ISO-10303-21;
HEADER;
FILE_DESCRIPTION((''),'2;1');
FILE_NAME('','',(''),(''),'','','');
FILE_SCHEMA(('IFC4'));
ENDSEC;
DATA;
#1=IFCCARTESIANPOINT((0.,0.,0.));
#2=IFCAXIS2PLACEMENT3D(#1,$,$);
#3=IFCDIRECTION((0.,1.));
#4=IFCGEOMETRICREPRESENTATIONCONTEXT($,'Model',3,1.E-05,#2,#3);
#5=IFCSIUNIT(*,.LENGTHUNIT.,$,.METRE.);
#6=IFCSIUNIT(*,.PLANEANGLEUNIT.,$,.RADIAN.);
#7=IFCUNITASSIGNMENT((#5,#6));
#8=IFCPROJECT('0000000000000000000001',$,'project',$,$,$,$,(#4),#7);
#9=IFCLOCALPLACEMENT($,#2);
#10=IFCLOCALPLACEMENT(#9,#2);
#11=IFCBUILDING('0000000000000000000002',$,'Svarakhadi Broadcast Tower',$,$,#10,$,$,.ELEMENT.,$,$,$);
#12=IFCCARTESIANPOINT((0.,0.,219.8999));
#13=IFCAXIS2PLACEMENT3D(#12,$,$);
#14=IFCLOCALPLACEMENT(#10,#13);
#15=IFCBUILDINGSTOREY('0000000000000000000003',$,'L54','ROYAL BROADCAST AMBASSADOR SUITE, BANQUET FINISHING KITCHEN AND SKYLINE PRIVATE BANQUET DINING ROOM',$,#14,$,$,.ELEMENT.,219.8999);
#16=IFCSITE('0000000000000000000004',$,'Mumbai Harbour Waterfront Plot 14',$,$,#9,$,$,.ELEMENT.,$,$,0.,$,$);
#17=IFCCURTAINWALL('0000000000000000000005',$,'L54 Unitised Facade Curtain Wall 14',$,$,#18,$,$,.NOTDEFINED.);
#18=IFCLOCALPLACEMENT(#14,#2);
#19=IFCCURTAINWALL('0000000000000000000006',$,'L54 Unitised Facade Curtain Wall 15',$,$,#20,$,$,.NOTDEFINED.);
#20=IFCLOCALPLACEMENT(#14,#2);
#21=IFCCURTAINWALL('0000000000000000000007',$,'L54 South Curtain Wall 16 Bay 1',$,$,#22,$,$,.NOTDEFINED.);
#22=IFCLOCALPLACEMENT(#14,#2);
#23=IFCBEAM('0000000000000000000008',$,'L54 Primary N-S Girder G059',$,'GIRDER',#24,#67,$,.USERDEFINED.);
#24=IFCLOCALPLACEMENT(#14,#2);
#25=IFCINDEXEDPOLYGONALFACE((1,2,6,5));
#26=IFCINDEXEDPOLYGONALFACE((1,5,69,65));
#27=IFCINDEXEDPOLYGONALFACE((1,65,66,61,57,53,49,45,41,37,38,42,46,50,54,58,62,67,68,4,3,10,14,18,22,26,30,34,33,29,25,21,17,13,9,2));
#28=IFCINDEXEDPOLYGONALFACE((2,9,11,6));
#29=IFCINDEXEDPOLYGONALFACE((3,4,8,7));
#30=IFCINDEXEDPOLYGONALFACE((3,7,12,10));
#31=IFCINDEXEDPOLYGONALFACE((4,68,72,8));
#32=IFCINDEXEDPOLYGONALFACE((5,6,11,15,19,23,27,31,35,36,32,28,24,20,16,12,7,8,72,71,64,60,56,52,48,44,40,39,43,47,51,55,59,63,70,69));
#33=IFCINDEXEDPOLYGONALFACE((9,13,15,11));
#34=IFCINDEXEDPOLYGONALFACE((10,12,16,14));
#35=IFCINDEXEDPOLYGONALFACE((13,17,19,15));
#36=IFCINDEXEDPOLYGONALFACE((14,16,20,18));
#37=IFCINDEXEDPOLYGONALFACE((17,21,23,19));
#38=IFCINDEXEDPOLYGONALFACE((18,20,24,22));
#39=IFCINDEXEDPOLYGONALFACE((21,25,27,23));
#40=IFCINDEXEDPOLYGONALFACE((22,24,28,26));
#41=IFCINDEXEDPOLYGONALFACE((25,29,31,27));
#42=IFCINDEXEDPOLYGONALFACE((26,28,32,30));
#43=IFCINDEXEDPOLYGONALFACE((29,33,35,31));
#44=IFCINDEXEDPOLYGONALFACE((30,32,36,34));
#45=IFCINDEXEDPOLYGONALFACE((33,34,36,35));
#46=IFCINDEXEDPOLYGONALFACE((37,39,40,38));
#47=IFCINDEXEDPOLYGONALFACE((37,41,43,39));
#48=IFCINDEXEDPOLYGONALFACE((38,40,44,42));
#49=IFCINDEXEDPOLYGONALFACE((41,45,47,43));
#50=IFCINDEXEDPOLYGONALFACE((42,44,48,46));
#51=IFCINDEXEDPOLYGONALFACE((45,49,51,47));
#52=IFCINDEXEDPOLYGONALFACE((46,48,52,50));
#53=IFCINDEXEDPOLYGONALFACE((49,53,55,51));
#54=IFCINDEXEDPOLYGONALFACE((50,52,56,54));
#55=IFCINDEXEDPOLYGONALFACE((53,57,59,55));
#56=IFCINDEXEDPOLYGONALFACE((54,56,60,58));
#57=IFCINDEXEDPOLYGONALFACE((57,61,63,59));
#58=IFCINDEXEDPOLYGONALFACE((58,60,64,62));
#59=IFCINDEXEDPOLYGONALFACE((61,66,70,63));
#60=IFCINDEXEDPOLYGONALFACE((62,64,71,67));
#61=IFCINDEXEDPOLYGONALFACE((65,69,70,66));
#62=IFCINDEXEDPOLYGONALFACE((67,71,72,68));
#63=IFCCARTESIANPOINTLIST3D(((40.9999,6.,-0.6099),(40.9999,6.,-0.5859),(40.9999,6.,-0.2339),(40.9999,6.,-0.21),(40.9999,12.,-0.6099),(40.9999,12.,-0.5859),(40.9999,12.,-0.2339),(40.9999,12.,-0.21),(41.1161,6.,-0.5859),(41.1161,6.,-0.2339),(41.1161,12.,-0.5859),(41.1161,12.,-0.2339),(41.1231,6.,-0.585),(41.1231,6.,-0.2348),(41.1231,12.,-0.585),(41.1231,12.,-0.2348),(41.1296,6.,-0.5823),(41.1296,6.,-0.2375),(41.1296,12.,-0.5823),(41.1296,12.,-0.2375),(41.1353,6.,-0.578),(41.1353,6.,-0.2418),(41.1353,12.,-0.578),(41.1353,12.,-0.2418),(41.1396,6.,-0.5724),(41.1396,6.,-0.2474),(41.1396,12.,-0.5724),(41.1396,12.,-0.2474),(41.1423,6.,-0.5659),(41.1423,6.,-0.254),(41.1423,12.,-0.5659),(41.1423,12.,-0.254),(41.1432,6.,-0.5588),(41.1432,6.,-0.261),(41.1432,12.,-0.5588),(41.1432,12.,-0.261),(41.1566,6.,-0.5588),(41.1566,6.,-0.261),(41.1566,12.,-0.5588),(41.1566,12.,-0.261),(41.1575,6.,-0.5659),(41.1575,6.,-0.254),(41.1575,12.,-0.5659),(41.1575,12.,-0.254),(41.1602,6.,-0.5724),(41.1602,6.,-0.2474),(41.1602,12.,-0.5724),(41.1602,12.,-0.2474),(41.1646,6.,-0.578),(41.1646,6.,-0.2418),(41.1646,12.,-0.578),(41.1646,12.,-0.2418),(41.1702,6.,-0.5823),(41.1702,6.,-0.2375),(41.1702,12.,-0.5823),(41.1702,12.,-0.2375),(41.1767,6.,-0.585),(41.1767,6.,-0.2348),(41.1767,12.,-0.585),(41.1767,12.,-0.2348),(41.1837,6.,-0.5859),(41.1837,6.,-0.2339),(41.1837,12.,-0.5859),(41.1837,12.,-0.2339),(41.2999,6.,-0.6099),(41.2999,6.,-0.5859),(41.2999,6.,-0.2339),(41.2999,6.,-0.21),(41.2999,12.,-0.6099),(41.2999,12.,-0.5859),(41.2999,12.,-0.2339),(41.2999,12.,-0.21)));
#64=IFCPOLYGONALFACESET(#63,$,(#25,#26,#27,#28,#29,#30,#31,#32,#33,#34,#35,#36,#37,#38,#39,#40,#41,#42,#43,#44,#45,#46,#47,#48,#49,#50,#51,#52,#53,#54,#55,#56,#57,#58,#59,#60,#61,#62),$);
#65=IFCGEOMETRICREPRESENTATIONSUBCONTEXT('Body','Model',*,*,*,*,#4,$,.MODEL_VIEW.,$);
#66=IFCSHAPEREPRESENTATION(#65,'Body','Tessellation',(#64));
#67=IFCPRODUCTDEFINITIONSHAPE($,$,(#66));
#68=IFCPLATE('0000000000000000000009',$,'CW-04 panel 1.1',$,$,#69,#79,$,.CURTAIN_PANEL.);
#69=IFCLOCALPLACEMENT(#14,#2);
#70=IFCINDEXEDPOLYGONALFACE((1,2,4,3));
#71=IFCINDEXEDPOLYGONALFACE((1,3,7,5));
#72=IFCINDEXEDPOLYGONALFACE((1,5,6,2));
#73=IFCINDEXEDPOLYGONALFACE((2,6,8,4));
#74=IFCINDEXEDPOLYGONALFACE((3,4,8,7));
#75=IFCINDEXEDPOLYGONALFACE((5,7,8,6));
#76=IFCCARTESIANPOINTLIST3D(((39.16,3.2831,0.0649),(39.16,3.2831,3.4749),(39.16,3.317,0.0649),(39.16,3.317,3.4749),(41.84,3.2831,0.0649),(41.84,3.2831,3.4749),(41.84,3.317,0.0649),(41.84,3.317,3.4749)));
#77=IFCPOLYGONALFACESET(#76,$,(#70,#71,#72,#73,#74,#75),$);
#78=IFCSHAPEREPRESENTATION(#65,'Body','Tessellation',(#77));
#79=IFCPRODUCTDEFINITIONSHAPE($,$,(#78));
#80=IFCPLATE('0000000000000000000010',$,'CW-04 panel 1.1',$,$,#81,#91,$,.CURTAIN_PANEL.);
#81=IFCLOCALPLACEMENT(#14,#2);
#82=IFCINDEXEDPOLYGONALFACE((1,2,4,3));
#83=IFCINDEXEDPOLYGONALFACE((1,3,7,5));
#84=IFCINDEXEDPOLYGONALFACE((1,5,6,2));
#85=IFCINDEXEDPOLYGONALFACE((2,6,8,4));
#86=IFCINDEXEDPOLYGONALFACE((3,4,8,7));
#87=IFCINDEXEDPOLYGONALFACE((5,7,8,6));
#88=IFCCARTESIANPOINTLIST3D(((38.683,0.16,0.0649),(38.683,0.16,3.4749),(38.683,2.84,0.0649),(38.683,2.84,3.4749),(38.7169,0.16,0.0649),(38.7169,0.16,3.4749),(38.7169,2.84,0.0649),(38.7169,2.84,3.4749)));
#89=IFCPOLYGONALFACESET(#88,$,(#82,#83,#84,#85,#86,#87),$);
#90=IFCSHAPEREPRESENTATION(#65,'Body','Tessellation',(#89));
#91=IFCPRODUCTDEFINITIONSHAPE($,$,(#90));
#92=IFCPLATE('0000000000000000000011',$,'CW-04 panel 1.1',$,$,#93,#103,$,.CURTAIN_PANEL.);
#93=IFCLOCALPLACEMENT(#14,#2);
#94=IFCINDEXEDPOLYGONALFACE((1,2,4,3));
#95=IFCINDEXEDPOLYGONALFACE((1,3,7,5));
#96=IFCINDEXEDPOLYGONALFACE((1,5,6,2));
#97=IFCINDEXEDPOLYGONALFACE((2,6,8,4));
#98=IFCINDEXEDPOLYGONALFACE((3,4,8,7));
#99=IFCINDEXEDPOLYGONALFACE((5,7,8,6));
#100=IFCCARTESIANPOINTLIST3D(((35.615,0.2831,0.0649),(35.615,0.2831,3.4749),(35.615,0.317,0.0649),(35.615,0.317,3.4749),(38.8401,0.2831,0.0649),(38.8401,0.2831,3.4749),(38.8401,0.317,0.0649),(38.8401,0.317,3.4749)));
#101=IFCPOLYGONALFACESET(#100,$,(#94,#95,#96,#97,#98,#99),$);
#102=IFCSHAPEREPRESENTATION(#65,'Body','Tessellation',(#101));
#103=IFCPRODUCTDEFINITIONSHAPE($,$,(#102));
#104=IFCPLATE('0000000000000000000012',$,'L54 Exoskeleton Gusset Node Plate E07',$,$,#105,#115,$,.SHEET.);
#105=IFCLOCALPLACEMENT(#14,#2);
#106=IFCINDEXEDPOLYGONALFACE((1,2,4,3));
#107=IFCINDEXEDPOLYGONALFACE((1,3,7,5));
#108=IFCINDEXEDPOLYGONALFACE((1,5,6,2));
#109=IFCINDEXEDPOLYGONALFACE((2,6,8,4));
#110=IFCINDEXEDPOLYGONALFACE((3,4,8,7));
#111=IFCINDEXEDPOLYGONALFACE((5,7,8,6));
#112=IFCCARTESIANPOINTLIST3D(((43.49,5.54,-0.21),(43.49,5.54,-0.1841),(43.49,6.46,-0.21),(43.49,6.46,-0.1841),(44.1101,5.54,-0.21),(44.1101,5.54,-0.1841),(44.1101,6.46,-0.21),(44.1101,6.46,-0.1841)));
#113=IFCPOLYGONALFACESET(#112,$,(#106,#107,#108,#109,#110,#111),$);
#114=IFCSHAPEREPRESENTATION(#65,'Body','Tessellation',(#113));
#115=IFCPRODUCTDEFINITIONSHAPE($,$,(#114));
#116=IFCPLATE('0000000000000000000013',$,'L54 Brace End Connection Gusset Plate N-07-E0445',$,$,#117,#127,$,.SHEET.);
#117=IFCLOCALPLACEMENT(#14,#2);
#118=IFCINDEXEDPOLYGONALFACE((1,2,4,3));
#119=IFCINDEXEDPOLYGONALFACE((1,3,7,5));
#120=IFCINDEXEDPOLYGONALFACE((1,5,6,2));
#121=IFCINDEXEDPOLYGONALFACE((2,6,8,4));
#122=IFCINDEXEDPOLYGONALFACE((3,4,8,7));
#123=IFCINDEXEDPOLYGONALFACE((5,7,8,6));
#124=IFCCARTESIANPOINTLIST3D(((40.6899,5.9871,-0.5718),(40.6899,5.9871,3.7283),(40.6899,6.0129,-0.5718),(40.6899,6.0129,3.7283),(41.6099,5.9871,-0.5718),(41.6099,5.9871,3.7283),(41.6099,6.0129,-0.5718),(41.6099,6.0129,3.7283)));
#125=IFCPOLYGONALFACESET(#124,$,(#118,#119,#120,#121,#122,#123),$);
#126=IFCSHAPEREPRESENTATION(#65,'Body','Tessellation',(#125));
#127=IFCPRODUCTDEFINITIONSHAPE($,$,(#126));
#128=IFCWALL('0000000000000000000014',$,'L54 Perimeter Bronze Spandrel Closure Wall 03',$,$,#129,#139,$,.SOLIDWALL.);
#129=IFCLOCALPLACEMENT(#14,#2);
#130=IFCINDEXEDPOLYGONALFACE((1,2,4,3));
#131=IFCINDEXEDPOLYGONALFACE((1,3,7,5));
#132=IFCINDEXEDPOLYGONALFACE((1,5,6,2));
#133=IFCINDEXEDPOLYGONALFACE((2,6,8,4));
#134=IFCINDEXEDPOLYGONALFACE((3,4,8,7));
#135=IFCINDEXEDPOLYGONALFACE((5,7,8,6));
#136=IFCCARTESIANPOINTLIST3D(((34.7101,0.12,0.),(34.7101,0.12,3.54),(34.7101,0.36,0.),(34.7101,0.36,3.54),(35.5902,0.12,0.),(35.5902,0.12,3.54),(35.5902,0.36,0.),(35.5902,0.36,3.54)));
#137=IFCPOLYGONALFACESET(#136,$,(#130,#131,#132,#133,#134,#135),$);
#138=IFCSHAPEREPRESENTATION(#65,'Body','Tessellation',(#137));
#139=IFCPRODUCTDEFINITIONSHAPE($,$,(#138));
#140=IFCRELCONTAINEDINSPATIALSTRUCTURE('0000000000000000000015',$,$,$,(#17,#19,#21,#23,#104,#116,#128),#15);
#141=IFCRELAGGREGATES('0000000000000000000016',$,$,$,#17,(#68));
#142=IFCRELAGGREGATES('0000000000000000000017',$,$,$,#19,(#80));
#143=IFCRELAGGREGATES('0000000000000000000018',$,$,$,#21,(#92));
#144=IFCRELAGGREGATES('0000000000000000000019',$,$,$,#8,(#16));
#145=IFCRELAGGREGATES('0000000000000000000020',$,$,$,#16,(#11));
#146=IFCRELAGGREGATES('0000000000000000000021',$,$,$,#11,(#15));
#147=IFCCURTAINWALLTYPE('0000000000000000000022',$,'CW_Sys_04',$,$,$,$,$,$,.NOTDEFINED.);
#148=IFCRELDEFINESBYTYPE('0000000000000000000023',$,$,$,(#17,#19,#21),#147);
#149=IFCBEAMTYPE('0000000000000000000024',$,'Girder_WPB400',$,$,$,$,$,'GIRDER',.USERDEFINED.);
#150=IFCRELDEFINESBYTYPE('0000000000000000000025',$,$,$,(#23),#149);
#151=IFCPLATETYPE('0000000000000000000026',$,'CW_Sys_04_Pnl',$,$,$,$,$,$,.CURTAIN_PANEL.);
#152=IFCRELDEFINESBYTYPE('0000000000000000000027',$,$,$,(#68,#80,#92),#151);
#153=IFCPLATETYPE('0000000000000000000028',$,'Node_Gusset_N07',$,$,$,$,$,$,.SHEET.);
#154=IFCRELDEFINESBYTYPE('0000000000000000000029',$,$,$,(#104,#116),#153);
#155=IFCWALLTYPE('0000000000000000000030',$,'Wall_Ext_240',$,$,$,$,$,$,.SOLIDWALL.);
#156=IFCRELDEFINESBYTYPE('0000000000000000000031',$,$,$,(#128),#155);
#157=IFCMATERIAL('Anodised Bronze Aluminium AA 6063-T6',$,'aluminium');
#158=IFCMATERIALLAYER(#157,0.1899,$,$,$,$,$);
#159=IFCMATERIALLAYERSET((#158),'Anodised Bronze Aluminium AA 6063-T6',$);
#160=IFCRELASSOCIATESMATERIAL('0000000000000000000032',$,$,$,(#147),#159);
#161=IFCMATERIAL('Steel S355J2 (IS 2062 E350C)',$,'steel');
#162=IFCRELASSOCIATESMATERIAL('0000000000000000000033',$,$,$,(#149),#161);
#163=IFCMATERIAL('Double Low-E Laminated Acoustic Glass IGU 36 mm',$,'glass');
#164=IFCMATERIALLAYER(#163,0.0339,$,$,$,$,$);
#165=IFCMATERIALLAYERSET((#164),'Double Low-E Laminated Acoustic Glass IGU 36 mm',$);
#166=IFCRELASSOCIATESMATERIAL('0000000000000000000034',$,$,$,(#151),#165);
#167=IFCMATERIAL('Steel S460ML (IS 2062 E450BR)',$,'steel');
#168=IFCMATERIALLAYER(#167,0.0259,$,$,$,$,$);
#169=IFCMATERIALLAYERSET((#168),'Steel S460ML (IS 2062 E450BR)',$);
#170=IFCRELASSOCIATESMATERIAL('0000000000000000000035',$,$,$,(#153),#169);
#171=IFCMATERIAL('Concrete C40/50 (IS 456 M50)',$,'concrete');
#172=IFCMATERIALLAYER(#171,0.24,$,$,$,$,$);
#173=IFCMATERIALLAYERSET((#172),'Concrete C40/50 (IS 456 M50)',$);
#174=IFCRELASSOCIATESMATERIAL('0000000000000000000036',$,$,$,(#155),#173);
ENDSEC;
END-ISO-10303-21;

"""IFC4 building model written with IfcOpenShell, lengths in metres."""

from ifc_helpers import new_model, si_unit, direction, frame, frame_2d, origin, origin_2d, place, context, subcontext, project, spatial, rectangle, i_section, extrude, material, layer, layer_set, material_profile, profile_set, type_object, element, aggregate, save


model = new_model("IFC4")

# Units and contexts
model_context = context("Model", 3, precision=1e-05, world=origin(), true_north=direction((0.0, 1.0)))
body_context = subcontext(model_context, "Body", "Model", "MODEL_VIEW")
ifc_project = project(units=[si_unit("LENGTHUNIT", "METRE"), si_unit("PLANEANGLEUNIT", "RADIAN")], contexts=[model_context])

# Site, building, storey
site_placement = place(None, origin())
site = spatial("IfcSite", under=ifc_project, at=site_placement, Name="Mumbai Harbour Waterfront Plot 14", CompositionType="ELEMENT", RefElevation=0.0)
building_placement = place(site_placement, origin())
building = spatial("IfcBuilding", under=site, at=building_placement, Name="Svarakhadi Broadcast Tower", CompositionType="ELEMENT")
storey_placement = place(building_placement, frame((0.0, 0.0, 219.8999)))
storey = spatial("IfcBuildingStorey", under=building, at=storey_placement, Name="L54", Description="ROYAL BROADCAST AMBASSADOR SUITE, BANQUET FINISHING KITCHEN AND SKYLINE PRIVATE BANQUET DINING ROOM", CompositionType="ELEMENT", Elevation=219.8999)

# Shared definitions
ifc_material_1 = material(Name="Steel S460ML (IS 2062 E450BR)", Category="steel")

# Shared definitions
ifc_material_2 = material(Name="Steel S355J2 (IS 2062 E350C)", Category="steel")

# Shared definitions
ifc_material_3 = material(Name="Anodised Bronze Aluminium AA 6063-T6", Category="aluminium")
ifc_layer_1 = layer(ifc_material_3, 0.1899)
ifc_layer_set_1 = layer_set([ifc_layer_1], Name="Anodised Bronze Aluminium AA 6063-T6")
curtain_wall_type = type_object("IfcCurtainWallType", Name="CW_Sys_04", PredefinedType="NOTDEFINED", material=ifc_layer_set_1)

# Curtain walls
curtain_wall_1_placement = place(storey_placement, origin())
curtain_wall_1 = element("IfcCurtainWall", 1, at=curtain_wall_1_placement, inside=storey, type_object=curtain_wall_type, Name="L54 Unitised Facade Curtain Wall 14", PredefinedType="NOTDEFINED")
curtain_wall_2_placement = place(storey_placement, origin())
curtain_wall_2 = element("IfcCurtainWall", 2, at=curtain_wall_2_placement, inside=storey, type_object=curtain_wall_type, Name="L54 Unitised Facade Curtain Wall 15", PredefinedType="NOTDEFINED")
curtain_wall_3_placement = place(storey_placement, origin())
curtain_wall_3 = element("IfcCurtainWall", 3, at=curtain_wall_3_placement, inside=storey, type_object=curtain_wall_type, Name="L54 South Curtain Wall 16 Bay 1", PredefinedType="NOTDEFINED")

# Beam
ifc_material_profile_1 = material_profile(ifc_material_2, i_section(OverallWidth=0.3, OverallDepth=0.3999, WebThickness=0.0134, FlangeThickness=0.0239, FilletRadius=0.0271, at=origin_2d()), Name="WPB 400x300x155")
ifc_profile_set_1 = profile_set([ifc_material_profile_1], Name="Steel S355J2 (IS 2062 E350C)")
beam_type_1 = type_object("IfcBeamType", Name="Girder_WPB400", ElementType="GIRDER", PredefinedType="USERDEFINED", material=ifc_profile_set_1)
for number, where, z_axis, x_axis, name in (
    (4, (41.1499, 6.0, -0.4099), (0.0, 1.0, 0.0), (-1.0, 0.0, 0.0), "L54 Primary N-S Girder G059"),
):
    element("IfcBeam", number, at=place(storey_placement, frame(where, z_axis=z_axis, x_axis=x_axis)), inside=storey, type_object=beam_type_1, Name=name, ObjectType="GIRDER", PredefinedType="USERDEFINED", context=body_context, shape_type="SweptSolid", body=[
        extrude(i_section(OverallWidth=0.3, OverallDepth=0.3999, WebThickness=0.0134, FlangeThickness=0.0239, FilletRadius=0.0271, at=origin_2d()), origin(), (0.0, 0.0, 1.0), 6.0),
    ])

# Plates
ifc_material_4 = material(Name="Double Low-E Laminated Acoustic Glass IGU 36 mm", Category="glass")
ifc_layer_2 = layer(ifc_material_4, 0.0339)
ifc_layer_set_2 = layer_set([ifc_layer_2], Name="Double Low-E Laminated Acoustic Glass IGU 36 mm")
plate_type_1 = type_object("IfcPlateType", Name="CW_Sys_04_Pnl", PredefinedType="CURTAIN_PANEL", material=ifc_layer_set_2)
plate_1_placement = place(storey_placement, frame((40.5, 3.3, 0.0649), z_axis=(0.0, 0.0, 1.0), x_axis=(-1.0, 0.0, 0.0)))
plate_1 = element("IfcPlate", 5, at=plate_1_placement, type_object=plate_type_1, Name="CW-04 panel 1.1", PredefinedType="CURTAIN_PANEL", context=body_context, shape_type="SweptSolid", body=[
    extrude(rectangle(XDim=2.6799, YDim=0.0339, at=origin_2d()), origin(), (0.0, 0.0, 1.0), 3.4099),
])
aggregate(curtain_wall_1, [plate_1])
plate_2_placement = place(storey_placement, frame((38.7, 1.5, 0.0649), z_axis=(0.0, 0.0, 1.0), x_axis=(0.0, -1.0, 0.0)))
plate_2 = element("IfcPlate", 6, at=plate_2_placement, type_object=plate_type_1, Name="CW-04 panel 1.1", PredefinedType="CURTAIN_PANEL", context=body_context, shape_type="SweptSolid", body=[
    extrude(rectangle(XDim=2.6799, YDim=0.0339, at=origin_2d()), origin(), (0.0, 0.0, 1.0), 3.4099),
])
aggregate(curtain_wall_2, [plate_2])
plate_3_placement = place(storey_placement, frame((37.2275, 0.3, 0.0649), z_axis=(0.0, 0.0, 1.0), x_axis=(-1.0, 0.0, 0.0)))
plate_3 = element("IfcPlate", 7, at=plate_3_placement, type_object=plate_type_1, Name="CW-04 panel 1.1", PredefinedType="CURTAIN_PANEL", context=body_context, shape_type="SweptSolid", body=[
    extrude(rectangle(XDim=3.2251, YDim=0.0339, at=origin_2d()), origin(), (0.0, 0.0, 1.0), 3.4099),
])
aggregate(curtain_wall_3, [plate_3])

# Plates
ifc_layer_3 = layer(ifc_material_1, 0.0259)
ifc_layer_set_3 = layer_set([ifc_layer_3], Name="Steel S460ML (IS 2062 E450BR)")
plate_type_2 = type_object("IfcPlateType", Name="Node_Gusset_N07", PredefinedType="SHEET", material=ifc_layer_set_3)
plate_4_placement = place(storey_placement, frame((43.8, 6.0, -0.21), z_axis=(0.0, 0.0, 1.0), x_axis=(0.0, 1.0, 0.0)))
element("IfcPlate", 8, at=plate_4_placement, inside=storey, type_object=plate_type_2, Name="L54 Exoskeleton Gusset Node Plate E07", PredefinedType="SHEET", context=body_context, shape_type="SweptSolid", body=[
    extrude(rectangle(XDim=0.9199, YDim=0.6201, at=origin_2d()), origin(), (0.0, 0.0, 1.0), 0.0259),
])
plate_5_placement = place(storey_placement, frame((41.1499, 6.0, -0.5718), z_axis=(0.0, 0.0, 1.0), x_axis=(1.0, 0.0, 0.0)))
element("IfcPlate", 9, at=plate_5_placement, inside=storey, type_object=plate_type_2, Name="L54 Brace End Connection Gusset Plate N-07-E0445", PredefinedType="SHEET", context=body_context, shape_type="SweptSolid", body=[
    extrude(rectangle(XDim=0.9199, YDim=0.0259, at=origin_2d()), origin(), (0.0, 0.0, 1.0), 4.3),
])

# Wall
ifc_material_5 = material(Name="Concrete C40/50 (IS 456 M50)", Category="concrete")
ifc_layer_4 = layer(ifc_material_5, 0.24)
ifc_layer_set_4 = layer_set([ifc_layer_4], Name="Concrete C40/50 (IS 456 M50)")
wall_type = type_object("IfcWallType", Name="Wall_Ext_240", PredefinedType="SOLIDWALL", material=ifc_layer_set_4)
wall_placement = place(storey_placement, frame((35.5901, 0.24, 0.0), z_axis=(0.0, 0.0, 1.0), x_axis=(-1.0, 0.0, 0.0)))
element("IfcWall", 10, at=wall_placement, inside=storey, type_object=wall_type, Name="L54 Perimeter Bronze Spandrel Closure Wall 03", PredefinedType="SOLIDWALL", context=body_context, shape_type="SweptSolid", body=[
    extrude(rectangle(XDim=0.8801, YDim=0.24, at=frame_2d((0.4399, 0.0))), origin(), (0.0, 0.0, 1.0), 3.54),
])

save(model, "model.ifc")
